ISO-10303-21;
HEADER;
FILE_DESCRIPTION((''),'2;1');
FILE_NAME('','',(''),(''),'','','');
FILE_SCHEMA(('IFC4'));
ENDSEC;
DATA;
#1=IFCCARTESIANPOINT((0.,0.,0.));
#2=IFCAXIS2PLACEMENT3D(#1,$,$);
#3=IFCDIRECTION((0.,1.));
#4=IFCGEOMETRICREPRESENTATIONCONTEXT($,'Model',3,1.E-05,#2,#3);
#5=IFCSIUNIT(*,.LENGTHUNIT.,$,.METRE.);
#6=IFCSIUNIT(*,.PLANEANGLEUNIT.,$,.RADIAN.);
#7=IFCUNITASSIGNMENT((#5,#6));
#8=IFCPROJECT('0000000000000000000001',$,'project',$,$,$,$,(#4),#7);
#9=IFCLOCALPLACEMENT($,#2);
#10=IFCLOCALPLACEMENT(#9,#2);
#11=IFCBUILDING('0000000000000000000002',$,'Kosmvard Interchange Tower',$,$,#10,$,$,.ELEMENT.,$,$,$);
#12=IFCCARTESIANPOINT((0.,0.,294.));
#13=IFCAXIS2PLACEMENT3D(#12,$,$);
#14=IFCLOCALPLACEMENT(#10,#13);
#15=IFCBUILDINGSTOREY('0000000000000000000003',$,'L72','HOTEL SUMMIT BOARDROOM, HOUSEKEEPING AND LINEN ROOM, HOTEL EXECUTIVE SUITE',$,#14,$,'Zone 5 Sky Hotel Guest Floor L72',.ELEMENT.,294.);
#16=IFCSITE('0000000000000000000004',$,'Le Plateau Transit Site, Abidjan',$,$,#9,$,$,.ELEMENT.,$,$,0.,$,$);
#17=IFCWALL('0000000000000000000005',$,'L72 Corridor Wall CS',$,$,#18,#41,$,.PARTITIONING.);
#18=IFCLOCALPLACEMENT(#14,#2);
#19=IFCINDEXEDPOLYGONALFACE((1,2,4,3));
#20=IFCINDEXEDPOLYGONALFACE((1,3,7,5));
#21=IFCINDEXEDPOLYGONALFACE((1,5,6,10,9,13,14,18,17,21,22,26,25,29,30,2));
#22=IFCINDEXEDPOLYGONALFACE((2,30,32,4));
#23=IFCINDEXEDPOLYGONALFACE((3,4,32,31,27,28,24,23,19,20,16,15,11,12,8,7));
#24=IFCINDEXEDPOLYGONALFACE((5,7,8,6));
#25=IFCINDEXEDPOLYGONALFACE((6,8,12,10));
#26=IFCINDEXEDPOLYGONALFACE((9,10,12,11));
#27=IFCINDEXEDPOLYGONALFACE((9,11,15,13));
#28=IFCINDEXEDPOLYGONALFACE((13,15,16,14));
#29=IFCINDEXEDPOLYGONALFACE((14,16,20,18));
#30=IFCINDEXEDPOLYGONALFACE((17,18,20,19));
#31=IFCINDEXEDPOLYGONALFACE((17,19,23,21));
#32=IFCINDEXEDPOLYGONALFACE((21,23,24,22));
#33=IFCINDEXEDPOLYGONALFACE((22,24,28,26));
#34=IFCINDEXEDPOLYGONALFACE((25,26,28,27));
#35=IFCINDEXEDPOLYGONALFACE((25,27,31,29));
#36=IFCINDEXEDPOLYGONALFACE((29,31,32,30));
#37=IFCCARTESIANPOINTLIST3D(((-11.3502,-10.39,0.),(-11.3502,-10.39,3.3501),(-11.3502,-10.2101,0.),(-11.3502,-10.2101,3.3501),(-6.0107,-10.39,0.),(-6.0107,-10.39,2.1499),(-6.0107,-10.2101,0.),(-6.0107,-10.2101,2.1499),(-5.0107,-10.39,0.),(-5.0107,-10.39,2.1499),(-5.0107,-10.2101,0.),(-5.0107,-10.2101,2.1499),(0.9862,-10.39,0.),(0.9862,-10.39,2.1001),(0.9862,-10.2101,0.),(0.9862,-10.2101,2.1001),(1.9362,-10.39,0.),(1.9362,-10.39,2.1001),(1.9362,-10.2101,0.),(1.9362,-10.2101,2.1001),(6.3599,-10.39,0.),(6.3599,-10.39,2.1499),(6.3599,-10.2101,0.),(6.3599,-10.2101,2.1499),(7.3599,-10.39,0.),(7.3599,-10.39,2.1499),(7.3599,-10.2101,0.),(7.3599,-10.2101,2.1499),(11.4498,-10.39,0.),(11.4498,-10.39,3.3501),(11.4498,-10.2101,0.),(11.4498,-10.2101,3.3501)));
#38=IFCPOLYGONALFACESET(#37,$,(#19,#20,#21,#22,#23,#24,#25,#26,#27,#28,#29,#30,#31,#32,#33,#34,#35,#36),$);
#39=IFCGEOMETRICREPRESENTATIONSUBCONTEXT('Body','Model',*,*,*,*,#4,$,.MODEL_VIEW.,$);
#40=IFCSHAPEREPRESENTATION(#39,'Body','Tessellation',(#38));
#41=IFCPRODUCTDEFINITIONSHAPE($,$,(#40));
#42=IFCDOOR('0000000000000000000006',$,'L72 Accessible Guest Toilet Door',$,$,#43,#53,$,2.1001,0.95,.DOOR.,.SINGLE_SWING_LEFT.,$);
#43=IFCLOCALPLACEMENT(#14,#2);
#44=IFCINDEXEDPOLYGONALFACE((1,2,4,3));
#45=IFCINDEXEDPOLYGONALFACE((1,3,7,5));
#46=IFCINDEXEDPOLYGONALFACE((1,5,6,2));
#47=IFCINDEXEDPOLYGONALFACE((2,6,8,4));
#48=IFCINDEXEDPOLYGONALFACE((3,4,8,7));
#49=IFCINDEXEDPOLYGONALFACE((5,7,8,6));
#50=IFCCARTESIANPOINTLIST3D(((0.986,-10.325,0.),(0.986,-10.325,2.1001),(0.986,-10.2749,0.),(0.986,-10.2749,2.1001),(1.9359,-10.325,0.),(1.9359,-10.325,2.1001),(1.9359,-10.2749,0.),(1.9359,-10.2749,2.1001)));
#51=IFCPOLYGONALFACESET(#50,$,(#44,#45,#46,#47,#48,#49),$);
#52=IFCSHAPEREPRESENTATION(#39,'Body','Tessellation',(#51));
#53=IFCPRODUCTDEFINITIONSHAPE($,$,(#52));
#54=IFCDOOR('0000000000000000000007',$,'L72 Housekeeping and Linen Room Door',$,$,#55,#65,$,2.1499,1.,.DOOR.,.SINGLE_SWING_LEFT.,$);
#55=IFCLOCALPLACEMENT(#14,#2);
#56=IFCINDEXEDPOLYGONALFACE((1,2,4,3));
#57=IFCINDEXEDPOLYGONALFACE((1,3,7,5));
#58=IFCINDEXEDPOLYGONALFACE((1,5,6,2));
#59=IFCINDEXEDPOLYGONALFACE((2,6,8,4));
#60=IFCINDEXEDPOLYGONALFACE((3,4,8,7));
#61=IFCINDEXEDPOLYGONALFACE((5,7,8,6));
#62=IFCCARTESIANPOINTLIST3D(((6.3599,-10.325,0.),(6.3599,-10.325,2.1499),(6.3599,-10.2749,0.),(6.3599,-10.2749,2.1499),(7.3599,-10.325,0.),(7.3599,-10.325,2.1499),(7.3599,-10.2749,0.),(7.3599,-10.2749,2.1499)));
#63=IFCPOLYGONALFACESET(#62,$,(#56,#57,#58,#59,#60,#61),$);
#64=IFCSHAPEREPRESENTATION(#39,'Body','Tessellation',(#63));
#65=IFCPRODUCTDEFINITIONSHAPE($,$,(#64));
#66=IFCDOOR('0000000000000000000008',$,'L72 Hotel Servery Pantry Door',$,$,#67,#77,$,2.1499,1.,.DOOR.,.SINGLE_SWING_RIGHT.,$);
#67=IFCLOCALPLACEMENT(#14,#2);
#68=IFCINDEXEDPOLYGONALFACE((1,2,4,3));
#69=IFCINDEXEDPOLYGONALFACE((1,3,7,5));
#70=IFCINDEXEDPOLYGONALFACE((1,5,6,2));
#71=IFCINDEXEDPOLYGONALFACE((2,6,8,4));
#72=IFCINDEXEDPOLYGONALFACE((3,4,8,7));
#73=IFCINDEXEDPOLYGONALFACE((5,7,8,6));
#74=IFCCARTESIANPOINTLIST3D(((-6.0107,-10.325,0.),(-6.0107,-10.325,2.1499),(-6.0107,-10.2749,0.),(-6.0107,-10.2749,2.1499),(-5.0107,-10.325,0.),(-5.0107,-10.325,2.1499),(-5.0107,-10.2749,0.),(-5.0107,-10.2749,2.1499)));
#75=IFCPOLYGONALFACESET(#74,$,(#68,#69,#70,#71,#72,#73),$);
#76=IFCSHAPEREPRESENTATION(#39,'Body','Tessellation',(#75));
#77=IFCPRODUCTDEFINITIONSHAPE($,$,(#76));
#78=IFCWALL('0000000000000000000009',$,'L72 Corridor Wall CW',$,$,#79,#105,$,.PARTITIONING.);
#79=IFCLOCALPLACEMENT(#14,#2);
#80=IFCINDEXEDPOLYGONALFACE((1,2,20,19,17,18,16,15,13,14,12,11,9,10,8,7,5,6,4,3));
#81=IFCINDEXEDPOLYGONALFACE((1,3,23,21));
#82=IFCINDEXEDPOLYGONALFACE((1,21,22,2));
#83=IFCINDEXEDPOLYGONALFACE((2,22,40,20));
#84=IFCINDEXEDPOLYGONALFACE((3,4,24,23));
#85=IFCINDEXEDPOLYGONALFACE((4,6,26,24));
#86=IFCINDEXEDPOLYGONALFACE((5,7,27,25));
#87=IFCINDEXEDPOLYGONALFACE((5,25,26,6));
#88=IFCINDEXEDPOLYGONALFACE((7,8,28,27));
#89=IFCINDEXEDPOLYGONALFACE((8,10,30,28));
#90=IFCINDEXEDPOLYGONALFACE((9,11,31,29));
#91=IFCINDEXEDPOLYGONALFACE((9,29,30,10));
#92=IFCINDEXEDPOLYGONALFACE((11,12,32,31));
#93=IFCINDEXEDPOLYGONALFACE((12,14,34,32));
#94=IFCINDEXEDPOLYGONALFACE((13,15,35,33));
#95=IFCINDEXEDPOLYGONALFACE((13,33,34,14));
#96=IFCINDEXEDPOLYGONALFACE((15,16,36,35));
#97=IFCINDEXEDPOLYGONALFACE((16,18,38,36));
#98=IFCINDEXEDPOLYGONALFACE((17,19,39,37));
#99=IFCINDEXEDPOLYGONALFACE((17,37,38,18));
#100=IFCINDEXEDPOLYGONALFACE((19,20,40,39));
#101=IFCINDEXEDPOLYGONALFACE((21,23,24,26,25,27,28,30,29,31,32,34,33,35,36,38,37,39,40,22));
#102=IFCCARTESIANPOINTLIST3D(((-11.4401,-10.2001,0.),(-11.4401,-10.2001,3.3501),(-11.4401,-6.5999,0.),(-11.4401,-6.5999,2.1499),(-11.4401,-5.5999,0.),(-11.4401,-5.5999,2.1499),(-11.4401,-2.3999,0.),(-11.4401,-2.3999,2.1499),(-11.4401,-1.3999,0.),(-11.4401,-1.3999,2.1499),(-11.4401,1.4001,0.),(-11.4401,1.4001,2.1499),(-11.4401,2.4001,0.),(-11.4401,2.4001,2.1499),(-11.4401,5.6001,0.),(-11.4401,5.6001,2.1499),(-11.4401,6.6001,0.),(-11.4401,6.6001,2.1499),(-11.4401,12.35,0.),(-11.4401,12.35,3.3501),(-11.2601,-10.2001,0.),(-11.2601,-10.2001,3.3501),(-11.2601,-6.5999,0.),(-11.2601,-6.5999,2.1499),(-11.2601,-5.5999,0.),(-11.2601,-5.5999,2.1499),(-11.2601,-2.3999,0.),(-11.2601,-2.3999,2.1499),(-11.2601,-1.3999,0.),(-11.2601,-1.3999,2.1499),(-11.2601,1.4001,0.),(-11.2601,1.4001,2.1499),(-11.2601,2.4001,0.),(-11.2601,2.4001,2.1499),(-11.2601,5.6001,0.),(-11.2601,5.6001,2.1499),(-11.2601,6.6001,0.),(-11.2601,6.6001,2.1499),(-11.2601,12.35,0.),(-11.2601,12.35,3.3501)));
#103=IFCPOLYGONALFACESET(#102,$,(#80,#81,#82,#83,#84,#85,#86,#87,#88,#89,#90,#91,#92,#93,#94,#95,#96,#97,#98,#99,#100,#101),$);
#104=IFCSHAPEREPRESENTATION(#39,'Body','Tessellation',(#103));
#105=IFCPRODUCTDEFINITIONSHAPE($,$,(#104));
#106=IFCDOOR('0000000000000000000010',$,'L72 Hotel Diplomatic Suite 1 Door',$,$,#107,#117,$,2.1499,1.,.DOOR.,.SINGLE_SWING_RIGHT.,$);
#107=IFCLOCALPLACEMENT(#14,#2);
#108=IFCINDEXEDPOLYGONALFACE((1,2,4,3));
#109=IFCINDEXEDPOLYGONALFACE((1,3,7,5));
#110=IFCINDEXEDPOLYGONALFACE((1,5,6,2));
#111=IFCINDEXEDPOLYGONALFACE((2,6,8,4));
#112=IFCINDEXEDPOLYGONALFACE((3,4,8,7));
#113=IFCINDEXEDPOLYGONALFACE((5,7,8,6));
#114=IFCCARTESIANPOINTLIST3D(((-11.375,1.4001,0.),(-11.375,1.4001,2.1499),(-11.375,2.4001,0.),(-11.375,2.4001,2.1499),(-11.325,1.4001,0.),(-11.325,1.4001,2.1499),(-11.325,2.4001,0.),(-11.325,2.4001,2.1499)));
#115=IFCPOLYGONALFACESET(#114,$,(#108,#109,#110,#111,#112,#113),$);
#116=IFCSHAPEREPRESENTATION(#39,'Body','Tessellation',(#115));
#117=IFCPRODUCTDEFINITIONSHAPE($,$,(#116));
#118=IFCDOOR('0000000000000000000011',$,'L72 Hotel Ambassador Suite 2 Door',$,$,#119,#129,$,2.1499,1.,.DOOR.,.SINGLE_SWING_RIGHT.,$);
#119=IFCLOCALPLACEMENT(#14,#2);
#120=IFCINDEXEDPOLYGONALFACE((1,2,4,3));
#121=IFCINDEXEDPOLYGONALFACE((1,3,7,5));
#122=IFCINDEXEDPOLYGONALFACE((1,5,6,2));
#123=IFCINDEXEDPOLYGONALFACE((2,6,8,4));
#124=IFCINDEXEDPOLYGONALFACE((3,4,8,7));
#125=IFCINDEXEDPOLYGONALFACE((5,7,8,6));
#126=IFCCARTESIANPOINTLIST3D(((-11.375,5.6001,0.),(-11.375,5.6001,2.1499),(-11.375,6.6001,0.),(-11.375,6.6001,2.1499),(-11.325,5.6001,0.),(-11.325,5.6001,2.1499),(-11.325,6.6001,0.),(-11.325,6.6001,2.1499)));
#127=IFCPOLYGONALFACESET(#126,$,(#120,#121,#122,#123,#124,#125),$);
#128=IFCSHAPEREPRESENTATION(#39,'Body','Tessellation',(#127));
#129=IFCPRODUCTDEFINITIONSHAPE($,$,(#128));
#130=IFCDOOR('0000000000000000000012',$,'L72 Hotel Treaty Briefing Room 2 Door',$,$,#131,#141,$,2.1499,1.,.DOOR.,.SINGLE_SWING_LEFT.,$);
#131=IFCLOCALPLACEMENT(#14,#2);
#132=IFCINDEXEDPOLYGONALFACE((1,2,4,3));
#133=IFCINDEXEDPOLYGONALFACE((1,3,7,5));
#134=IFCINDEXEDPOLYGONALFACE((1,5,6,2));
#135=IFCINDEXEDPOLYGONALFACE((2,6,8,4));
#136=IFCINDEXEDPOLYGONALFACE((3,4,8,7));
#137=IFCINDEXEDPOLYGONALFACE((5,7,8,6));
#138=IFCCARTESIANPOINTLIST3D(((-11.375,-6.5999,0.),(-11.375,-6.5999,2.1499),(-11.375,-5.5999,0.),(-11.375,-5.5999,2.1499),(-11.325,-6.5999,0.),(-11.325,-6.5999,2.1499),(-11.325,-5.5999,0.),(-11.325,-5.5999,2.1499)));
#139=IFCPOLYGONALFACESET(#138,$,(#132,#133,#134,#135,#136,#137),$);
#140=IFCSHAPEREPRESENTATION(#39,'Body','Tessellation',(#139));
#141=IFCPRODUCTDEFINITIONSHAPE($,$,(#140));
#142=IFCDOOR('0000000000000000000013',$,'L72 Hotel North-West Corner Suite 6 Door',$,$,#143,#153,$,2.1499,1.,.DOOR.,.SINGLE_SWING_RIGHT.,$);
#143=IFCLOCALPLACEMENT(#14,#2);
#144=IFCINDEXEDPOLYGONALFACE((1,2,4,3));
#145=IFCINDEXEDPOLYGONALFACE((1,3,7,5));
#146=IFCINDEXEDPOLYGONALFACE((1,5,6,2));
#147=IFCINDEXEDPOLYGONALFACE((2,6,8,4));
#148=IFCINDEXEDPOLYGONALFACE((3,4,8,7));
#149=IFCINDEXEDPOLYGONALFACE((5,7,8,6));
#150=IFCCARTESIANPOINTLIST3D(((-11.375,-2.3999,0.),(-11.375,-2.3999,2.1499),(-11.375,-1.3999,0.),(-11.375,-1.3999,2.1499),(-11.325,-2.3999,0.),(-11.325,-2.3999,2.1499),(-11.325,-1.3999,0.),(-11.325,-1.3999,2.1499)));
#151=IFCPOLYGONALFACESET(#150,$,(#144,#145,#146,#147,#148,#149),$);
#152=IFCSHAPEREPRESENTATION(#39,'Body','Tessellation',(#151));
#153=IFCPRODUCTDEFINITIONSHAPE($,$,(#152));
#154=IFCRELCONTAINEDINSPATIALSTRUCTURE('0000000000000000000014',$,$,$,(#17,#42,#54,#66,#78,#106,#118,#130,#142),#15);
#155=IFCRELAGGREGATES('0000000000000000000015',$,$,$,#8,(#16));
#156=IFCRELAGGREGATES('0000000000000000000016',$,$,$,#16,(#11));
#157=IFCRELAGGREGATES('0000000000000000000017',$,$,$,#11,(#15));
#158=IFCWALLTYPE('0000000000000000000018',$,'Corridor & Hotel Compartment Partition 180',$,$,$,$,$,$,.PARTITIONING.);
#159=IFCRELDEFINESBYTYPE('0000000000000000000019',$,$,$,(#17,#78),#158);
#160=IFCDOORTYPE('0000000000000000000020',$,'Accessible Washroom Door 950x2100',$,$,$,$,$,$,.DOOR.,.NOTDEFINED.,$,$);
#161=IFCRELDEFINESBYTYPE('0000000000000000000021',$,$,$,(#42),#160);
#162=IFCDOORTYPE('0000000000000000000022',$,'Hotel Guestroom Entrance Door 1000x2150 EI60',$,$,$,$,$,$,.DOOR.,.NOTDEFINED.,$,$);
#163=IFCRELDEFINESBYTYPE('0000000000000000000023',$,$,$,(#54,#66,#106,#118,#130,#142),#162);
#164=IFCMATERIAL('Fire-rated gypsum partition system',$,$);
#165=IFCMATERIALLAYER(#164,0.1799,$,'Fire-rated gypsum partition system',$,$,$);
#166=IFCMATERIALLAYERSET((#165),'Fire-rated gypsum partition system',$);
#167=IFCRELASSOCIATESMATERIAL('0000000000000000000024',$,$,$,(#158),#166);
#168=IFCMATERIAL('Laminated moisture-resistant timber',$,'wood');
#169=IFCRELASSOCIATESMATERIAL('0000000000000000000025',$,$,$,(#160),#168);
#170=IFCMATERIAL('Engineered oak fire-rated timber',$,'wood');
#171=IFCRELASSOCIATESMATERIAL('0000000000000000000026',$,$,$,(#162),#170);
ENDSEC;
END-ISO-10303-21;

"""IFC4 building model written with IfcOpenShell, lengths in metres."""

from ifc_helpers import new_model, si_unit, direction, frame, frame_2d, origin, place, context, subcontext, project, spatial, rectangle, extrude, source, transform, mapped, material, layer, layer_set, type_object, element, fill, save


model = new_model("IFC4")

# Units and contexts
model_context = context("Model", 3, precision=1e-05, world=origin(), true_north=direction((0.0, 1.0)))
body_context = subcontext(model_context, "Body", "Model", "MODEL_VIEW")
ifc_project = project(units=[si_unit("LENGTHUNIT", "METRE"), si_unit("PLANEANGLEUNIT", "RADIAN")], contexts=[model_context])

# Site, building, storey
site_placement = place(None, origin())
site = spatial("IfcSite", under=ifc_project, at=site_placement, Name="Le Plateau Transit Site, Abidjan", CompositionType="ELEMENT", RefElevation=0.0)
building_placement = place(site_placement, origin())
building = spatial("IfcBuilding", under=site, at=building_placement, Name="Kosmvard Interchange Tower", CompositionType="ELEMENT")
storey_placement = place(building_placement, frame((0.0, 0.0, 294.0)))
storey = spatial("IfcBuildingStorey", under=building, at=storey_placement, Name="L72", Description="HOTEL SUMMIT BOARDROOM, HOUSEKEEPING AND LINEN ROOM, HOTEL EXECUTIVE SUITE", LongName="Zone 5 Sky Hotel Guest Floor L72", CompositionType="ELEMENT", Elevation=294.0)

# Walls, openings, doors
ifc_material_1 = material(Name="Fire-rated gypsum partition system")
ifc_layer_1 = layer(ifc_material_1, 0.1799, Name="Fire-rated gypsum partition system")
ifc_layer_set_1 = layer_set([ifc_layer_1], Name="Fire-rated gypsum partition system")
wall_type_1 = type_object("IfcWallType", Name="Corridor & Hotel Compartment Partition 180", PredefinedType="PARTITIONING", material=ifc_layer_set_1)
wall_1_placement = place(storey_placement, frame((-11.3501, -10.3, 0.0), z_axis=(0.0, 0.0, 1.0), x_axis=(1.0, 0.0, 0.0)))
wall_1 = element("IfcWall", 1, at=wall_1_placement, inside=storey, type_object=wall_type_1, Name="L72 Corridor Wall CS", PredefinedType="PARTITIONING", context=body_context, shape_type="SweptSolid", body=[
    extrude(rectangle(XDim=22.8, YDim=0.1799, at=frame_2d((11.3999, 0.0))), origin(), (0.0, 0.0, 1.0), 3.3501),
])
opening_1_placement = place(wall_1_placement, frame((12.3362, 0.0, 0.0)))
opening_1 = element("IfcOpeningElement", 2, at=opening_1_placement, cuts=wall_1, PredefinedType="OPENING", context=body_context, shape_type="SweptSolid", body=[
    extrude(rectangle(XDim=0.95, YDim=2.1001, at=frame_2d((0.4751, 1.05))), frame((0.0, 0.1001, 0.0), z_axis=(0.0, -1.0, 0.0), x_axis=(1.0, 0.0, 0.0)), (0.0, 0.0, 1.0), 0.2),
])
opening_2_placement = place(wall_1_placement, frame((17.71, 0.0, 0.0)))
opening_2 = element("IfcOpeningElement", 3, at=opening_2_placement, cuts=wall_1, PredefinedType="OPENING", context=body_context, shape_type="SweptSolid", body=[
    extrude(rectangle(XDim=1.0, YDim=2.1499, at=frame_2d((0.5, 1.075))), frame((0.0, 0.1001, 0.0), z_axis=(0.0, -1.0, 0.0), x_axis=(1.0, 0.0, 0.0)), (0.0, 0.0, 1.0), 0.2),
])
opening_3_placement = place(wall_1_placement, frame((5.3394, 0.0, 0.0)))
opening_3 = element("IfcOpeningElement", 4, at=opening_3_placement, cuts=wall_1, PredefinedType="OPENING", context=body_context, shape_type="SweptSolid", body=[
    extrude(rectangle(XDim=1.0, YDim=2.1499, at=frame_2d((0.5, 1.075))), frame((0.0, 0.1001, 0.0), z_axis=(0.0, -1.0, 0.0), x_axis=(1.0, 0.0, 0.0)), (0.0, 0.0, 1.0), 0.2),
])
ifc_material_2 = material(Name="Laminated moisture-resistant timber", Category="wood")
door_type_1 = type_object("IfcDoorType", Name="Accessible Washroom Door 950x2100", OperationType="NOTDEFINED", PredefinedType="DOOR", material=ifc_material_2)
shared_shape_1 = source(origin(), body_context, "Body", "SweptSolid", [
    extrude(rectangle(XDim=0.95, YDim=2.1001, at=frame_2d((0.4751, 1.05))), frame((0.0, 0.0249, 0.0), z_axis=(0.0, -1.0, 0.0), x_axis=(1.0, 0.0, 0.0)), (0.0, 0.0, 1.0), 0.05),
])
door_1_placement = place(opening_1_placement, frame((0.95, 0.0, 0.0), z_axis=(0.0, 0.0, 1.0), x_axis=(-1.0, 0.0, 0.0)))
door_1 = element("IfcDoor", 5, at=door_1_placement, inside=storey, type_object=door_type_1, Name="L72 Accessible Guest Toilet Door", OperationType="SINGLE_SWING_LEFT", OverallHeight=2.1001, OverallWidth=0.95, PredefinedType="DOOR", context=body_context, shape_type="MappedRepresentation", body=[
    mapped(shared_shape_1, transform((0.0, 0.0, 0.0), scale=1.0)),
])
fill(opening_1, door_1)
ifc_material_3 = material(Name="Engineered oak fire-rated timber", Category="wood")
door_type_2 = type_object("IfcDoorType", Name="Hotel Guestroom Entrance Door 1000x2150 EI60", OperationType="NOTDEFINED", PredefinedType="DOOR", material=ifc_material_3)
shared_shape_2 = source(origin(), body_context, "Body", "SweptSolid", [
    extrude(rectangle(XDim=1.0, YDim=2.1499, at=frame_2d((0.5, 1.075))), frame((0.0, 0.0249, 0.0), z_axis=(0.0, -1.0, 0.0), x_axis=(1.0, 0.0, 0.0)), (0.0, 0.0, 1.0), 0.05),
])
door_2_placement = place(opening_2_placement, frame((1.0, 0.0, 0.0), z_axis=(0.0, 0.0, 1.0), x_axis=(-1.0, 0.0, 0.0)))
door_2 = element("IfcDoor", 6, at=door_2_placement, inside=storey, type_object=door_type_2, Name="L72 Housekeeping and Linen Room Door", OperationType="SINGLE_SWING_LEFT", OverallHeight=2.1499, OverallWidth=1.0, PredefinedType="DOOR", context=body_context, shape_type="MappedRepresentation", body=[
    mapped(shared_shape_2, transform((0.0, 0.0, 0.0), scale=1.0)),
])
fill(opening_2, door_2)
door_3_placement = place(opening_3_placement, frame((1.0, 0.0, 0.0), z_axis=(0.0, 0.0, 1.0), x_axis=(-1.0, 0.0, 0.0)))
door_3 = element("IfcDoor", 7, at=door_3_placement, inside=storey, type_object=door_type_2, Name="L72 Hotel Servery Pantry Door", OperationType="SINGLE_SWING_RIGHT", OverallHeight=2.1499, OverallWidth=1.0, PredefinedType="DOOR", context=body_context, shape_type="MappedRepresentation", body=[
    mapped(shared_shape_2, transform((0.0, 0.0, 0.0), scale=1.0)),
])
fill(opening_3, door_3)
wall_2_placement = place(storey_placement, frame((-11.3501, -10.2, 0.0), z_axis=(0.0, 0.0, 1.0), x_axis=(0.0, 1.0, 0.0)))
wall_2 = element("IfcWall", 8, at=wall_2_placement, inside=storey, type_object=wall_type_1, Name="L72 Corridor Wall CW", PredefinedType="PARTITIONING", context=body_context, shape_type="SweptSolid", body=[
    extrude(rectangle(XDim=22.55, YDim=0.1799, at=frame_2d((11.2749, 0.0))), origin(), (0.0, 0.0, 1.0), 3.3501),
])
opening_4_placement = place(wall_2_placement, frame((11.6001, 0.0, 0.0)))
opening_4 = element("IfcOpeningElement", 9, at=opening_4_placement, cuts=wall_2, PredefinedType="OPENING", context=body_context, shape_type="SweptSolid", body=[
    extrude(rectangle(XDim=1.0, YDim=2.1499, at=frame_2d((0.5, 1.075))), frame((0.0, 0.1001, 0.0), z_axis=(0.0, -1.0, 0.0), x_axis=(1.0, 0.0, 0.0)), (0.0, 0.0, 1.0), 0.2),
])
opening_5_placement = place(wall_2_placement, frame((15.8, 0.0, 0.0)))
opening_5 = element("IfcOpeningElement", 10, at=opening_5_placement, cuts=wall_2, PredefinedType="OPENING", context=body_context, shape_type="SweptSolid", body=[
    extrude(rectangle(XDim=1.0, YDim=2.1499, at=frame_2d((0.5, 1.075))), frame((0.0, 0.1001, 0.0), z_axis=(0.0, -1.0, 0.0), x_axis=(1.0, 0.0, 0.0)), (0.0, 0.0, 1.0), 0.2),
])
opening_6_placement = place(wall_2_placement, frame((3.6001, 0.0, 0.0)))
opening_6 = element("IfcOpeningElement", 11, at=opening_6_placement, cuts=wall_2, PredefinedType="OPENING", context=body_context, shape_type="SweptSolid", body=[
    extrude(rectangle(XDim=1.0, YDim=2.1499, at=frame_2d((0.5, 1.075))), frame((0.0, 0.1001, 0.0), z_axis=(0.0, -1.0, 0.0), x_axis=(1.0, 0.0, 0.0)), (0.0, 0.0, 1.0), 0.2),
])
opening_7_placement = place(wall_2_placement, frame((7.8, 0.0, 0.0)))
opening_7 = element("IfcOpeningElement", 12, at=opening_7_placement, cuts=wall_2, PredefinedType="OPENING", context=body_context, shape_type="SweptSolid", body=[
    extrude(rectangle(XDim=1.0, YDim=2.1499, at=frame_2d((0.5, 1.075))), frame((0.0, 0.1001, 0.0), z_axis=(0.0, -1.0, 0.0), x_axis=(1.0, 0.0, 0.0)), (0.0, 0.0, 1.0), 0.2),
])
door_4_placement = place(opening_4_placement, origin())
door_4 = element("IfcDoor", 13, at=door_4_placement, inside=storey, type_object=door_type_2, Name="L72 Hotel Diplomatic Suite 1 Door", OperationType="SINGLE_SWING_RIGHT", OverallHeight=2.1499, OverallWidth=1.0, PredefinedType="DOOR", context=body_context, shape_type="MappedRepresentation", body=[
    mapped(shared_shape_2, transform((0.0, 0.0, 0.0), scale=1.0)),
])
fill(opening_4, door_4)
door_5_placement = place(opening_5_placement, origin())
door_5 = element("IfcDoor", 14, at=door_5_placement, inside=storey, type_object=door_type_2, Name="L72 Hotel Ambassador Suite 2 Door", OperationType="SINGLE_SWING_RIGHT", OverallHeight=2.1499, OverallWidth=1.0, PredefinedType="DOOR", context=body_context, shape_type="MappedRepresentation", body=[
    mapped(shared_shape_2, transform((0.0, 0.0, 0.0), scale=1.0)),
])
fill(opening_5, door_5)
door_6_placement = place(opening_6_placement, origin())
door_6 = element("IfcDoor", 15, at=door_6_placement, inside=storey, type_object=door_type_2, Name="L72 Hotel Treaty Briefing Room 2 Door", OperationType="SINGLE_SWING_LEFT", OverallHeight=2.1499, OverallWidth=1.0, PredefinedType="DOOR", context=body_context, shape_type="MappedRepresentation", body=[
    mapped(shared_shape_2, transform((0.0, 0.0, 0.0), scale=1.0)),
])
fill(opening_6, door_6)
door_7_placement = place(opening_7_placement, origin())
door_7 = element("IfcDoor", 16, at=door_7_placement, inside=storey, type_object=door_type_2, Name="L72 Hotel North-West Corner Suite 6 Door", OperationType="SINGLE_SWING_RIGHT", OverallHeight=2.1499, OverallWidth=1.0, PredefinedType="DOOR", context=body_context, shape_type="MappedRepresentation", body=[
    mapped(shared_shape_2, transform((0.0, 0.0, 0.0), scale=1.0)),
])
fill(opening_7, door_7)

save(model, "model.ifc")
